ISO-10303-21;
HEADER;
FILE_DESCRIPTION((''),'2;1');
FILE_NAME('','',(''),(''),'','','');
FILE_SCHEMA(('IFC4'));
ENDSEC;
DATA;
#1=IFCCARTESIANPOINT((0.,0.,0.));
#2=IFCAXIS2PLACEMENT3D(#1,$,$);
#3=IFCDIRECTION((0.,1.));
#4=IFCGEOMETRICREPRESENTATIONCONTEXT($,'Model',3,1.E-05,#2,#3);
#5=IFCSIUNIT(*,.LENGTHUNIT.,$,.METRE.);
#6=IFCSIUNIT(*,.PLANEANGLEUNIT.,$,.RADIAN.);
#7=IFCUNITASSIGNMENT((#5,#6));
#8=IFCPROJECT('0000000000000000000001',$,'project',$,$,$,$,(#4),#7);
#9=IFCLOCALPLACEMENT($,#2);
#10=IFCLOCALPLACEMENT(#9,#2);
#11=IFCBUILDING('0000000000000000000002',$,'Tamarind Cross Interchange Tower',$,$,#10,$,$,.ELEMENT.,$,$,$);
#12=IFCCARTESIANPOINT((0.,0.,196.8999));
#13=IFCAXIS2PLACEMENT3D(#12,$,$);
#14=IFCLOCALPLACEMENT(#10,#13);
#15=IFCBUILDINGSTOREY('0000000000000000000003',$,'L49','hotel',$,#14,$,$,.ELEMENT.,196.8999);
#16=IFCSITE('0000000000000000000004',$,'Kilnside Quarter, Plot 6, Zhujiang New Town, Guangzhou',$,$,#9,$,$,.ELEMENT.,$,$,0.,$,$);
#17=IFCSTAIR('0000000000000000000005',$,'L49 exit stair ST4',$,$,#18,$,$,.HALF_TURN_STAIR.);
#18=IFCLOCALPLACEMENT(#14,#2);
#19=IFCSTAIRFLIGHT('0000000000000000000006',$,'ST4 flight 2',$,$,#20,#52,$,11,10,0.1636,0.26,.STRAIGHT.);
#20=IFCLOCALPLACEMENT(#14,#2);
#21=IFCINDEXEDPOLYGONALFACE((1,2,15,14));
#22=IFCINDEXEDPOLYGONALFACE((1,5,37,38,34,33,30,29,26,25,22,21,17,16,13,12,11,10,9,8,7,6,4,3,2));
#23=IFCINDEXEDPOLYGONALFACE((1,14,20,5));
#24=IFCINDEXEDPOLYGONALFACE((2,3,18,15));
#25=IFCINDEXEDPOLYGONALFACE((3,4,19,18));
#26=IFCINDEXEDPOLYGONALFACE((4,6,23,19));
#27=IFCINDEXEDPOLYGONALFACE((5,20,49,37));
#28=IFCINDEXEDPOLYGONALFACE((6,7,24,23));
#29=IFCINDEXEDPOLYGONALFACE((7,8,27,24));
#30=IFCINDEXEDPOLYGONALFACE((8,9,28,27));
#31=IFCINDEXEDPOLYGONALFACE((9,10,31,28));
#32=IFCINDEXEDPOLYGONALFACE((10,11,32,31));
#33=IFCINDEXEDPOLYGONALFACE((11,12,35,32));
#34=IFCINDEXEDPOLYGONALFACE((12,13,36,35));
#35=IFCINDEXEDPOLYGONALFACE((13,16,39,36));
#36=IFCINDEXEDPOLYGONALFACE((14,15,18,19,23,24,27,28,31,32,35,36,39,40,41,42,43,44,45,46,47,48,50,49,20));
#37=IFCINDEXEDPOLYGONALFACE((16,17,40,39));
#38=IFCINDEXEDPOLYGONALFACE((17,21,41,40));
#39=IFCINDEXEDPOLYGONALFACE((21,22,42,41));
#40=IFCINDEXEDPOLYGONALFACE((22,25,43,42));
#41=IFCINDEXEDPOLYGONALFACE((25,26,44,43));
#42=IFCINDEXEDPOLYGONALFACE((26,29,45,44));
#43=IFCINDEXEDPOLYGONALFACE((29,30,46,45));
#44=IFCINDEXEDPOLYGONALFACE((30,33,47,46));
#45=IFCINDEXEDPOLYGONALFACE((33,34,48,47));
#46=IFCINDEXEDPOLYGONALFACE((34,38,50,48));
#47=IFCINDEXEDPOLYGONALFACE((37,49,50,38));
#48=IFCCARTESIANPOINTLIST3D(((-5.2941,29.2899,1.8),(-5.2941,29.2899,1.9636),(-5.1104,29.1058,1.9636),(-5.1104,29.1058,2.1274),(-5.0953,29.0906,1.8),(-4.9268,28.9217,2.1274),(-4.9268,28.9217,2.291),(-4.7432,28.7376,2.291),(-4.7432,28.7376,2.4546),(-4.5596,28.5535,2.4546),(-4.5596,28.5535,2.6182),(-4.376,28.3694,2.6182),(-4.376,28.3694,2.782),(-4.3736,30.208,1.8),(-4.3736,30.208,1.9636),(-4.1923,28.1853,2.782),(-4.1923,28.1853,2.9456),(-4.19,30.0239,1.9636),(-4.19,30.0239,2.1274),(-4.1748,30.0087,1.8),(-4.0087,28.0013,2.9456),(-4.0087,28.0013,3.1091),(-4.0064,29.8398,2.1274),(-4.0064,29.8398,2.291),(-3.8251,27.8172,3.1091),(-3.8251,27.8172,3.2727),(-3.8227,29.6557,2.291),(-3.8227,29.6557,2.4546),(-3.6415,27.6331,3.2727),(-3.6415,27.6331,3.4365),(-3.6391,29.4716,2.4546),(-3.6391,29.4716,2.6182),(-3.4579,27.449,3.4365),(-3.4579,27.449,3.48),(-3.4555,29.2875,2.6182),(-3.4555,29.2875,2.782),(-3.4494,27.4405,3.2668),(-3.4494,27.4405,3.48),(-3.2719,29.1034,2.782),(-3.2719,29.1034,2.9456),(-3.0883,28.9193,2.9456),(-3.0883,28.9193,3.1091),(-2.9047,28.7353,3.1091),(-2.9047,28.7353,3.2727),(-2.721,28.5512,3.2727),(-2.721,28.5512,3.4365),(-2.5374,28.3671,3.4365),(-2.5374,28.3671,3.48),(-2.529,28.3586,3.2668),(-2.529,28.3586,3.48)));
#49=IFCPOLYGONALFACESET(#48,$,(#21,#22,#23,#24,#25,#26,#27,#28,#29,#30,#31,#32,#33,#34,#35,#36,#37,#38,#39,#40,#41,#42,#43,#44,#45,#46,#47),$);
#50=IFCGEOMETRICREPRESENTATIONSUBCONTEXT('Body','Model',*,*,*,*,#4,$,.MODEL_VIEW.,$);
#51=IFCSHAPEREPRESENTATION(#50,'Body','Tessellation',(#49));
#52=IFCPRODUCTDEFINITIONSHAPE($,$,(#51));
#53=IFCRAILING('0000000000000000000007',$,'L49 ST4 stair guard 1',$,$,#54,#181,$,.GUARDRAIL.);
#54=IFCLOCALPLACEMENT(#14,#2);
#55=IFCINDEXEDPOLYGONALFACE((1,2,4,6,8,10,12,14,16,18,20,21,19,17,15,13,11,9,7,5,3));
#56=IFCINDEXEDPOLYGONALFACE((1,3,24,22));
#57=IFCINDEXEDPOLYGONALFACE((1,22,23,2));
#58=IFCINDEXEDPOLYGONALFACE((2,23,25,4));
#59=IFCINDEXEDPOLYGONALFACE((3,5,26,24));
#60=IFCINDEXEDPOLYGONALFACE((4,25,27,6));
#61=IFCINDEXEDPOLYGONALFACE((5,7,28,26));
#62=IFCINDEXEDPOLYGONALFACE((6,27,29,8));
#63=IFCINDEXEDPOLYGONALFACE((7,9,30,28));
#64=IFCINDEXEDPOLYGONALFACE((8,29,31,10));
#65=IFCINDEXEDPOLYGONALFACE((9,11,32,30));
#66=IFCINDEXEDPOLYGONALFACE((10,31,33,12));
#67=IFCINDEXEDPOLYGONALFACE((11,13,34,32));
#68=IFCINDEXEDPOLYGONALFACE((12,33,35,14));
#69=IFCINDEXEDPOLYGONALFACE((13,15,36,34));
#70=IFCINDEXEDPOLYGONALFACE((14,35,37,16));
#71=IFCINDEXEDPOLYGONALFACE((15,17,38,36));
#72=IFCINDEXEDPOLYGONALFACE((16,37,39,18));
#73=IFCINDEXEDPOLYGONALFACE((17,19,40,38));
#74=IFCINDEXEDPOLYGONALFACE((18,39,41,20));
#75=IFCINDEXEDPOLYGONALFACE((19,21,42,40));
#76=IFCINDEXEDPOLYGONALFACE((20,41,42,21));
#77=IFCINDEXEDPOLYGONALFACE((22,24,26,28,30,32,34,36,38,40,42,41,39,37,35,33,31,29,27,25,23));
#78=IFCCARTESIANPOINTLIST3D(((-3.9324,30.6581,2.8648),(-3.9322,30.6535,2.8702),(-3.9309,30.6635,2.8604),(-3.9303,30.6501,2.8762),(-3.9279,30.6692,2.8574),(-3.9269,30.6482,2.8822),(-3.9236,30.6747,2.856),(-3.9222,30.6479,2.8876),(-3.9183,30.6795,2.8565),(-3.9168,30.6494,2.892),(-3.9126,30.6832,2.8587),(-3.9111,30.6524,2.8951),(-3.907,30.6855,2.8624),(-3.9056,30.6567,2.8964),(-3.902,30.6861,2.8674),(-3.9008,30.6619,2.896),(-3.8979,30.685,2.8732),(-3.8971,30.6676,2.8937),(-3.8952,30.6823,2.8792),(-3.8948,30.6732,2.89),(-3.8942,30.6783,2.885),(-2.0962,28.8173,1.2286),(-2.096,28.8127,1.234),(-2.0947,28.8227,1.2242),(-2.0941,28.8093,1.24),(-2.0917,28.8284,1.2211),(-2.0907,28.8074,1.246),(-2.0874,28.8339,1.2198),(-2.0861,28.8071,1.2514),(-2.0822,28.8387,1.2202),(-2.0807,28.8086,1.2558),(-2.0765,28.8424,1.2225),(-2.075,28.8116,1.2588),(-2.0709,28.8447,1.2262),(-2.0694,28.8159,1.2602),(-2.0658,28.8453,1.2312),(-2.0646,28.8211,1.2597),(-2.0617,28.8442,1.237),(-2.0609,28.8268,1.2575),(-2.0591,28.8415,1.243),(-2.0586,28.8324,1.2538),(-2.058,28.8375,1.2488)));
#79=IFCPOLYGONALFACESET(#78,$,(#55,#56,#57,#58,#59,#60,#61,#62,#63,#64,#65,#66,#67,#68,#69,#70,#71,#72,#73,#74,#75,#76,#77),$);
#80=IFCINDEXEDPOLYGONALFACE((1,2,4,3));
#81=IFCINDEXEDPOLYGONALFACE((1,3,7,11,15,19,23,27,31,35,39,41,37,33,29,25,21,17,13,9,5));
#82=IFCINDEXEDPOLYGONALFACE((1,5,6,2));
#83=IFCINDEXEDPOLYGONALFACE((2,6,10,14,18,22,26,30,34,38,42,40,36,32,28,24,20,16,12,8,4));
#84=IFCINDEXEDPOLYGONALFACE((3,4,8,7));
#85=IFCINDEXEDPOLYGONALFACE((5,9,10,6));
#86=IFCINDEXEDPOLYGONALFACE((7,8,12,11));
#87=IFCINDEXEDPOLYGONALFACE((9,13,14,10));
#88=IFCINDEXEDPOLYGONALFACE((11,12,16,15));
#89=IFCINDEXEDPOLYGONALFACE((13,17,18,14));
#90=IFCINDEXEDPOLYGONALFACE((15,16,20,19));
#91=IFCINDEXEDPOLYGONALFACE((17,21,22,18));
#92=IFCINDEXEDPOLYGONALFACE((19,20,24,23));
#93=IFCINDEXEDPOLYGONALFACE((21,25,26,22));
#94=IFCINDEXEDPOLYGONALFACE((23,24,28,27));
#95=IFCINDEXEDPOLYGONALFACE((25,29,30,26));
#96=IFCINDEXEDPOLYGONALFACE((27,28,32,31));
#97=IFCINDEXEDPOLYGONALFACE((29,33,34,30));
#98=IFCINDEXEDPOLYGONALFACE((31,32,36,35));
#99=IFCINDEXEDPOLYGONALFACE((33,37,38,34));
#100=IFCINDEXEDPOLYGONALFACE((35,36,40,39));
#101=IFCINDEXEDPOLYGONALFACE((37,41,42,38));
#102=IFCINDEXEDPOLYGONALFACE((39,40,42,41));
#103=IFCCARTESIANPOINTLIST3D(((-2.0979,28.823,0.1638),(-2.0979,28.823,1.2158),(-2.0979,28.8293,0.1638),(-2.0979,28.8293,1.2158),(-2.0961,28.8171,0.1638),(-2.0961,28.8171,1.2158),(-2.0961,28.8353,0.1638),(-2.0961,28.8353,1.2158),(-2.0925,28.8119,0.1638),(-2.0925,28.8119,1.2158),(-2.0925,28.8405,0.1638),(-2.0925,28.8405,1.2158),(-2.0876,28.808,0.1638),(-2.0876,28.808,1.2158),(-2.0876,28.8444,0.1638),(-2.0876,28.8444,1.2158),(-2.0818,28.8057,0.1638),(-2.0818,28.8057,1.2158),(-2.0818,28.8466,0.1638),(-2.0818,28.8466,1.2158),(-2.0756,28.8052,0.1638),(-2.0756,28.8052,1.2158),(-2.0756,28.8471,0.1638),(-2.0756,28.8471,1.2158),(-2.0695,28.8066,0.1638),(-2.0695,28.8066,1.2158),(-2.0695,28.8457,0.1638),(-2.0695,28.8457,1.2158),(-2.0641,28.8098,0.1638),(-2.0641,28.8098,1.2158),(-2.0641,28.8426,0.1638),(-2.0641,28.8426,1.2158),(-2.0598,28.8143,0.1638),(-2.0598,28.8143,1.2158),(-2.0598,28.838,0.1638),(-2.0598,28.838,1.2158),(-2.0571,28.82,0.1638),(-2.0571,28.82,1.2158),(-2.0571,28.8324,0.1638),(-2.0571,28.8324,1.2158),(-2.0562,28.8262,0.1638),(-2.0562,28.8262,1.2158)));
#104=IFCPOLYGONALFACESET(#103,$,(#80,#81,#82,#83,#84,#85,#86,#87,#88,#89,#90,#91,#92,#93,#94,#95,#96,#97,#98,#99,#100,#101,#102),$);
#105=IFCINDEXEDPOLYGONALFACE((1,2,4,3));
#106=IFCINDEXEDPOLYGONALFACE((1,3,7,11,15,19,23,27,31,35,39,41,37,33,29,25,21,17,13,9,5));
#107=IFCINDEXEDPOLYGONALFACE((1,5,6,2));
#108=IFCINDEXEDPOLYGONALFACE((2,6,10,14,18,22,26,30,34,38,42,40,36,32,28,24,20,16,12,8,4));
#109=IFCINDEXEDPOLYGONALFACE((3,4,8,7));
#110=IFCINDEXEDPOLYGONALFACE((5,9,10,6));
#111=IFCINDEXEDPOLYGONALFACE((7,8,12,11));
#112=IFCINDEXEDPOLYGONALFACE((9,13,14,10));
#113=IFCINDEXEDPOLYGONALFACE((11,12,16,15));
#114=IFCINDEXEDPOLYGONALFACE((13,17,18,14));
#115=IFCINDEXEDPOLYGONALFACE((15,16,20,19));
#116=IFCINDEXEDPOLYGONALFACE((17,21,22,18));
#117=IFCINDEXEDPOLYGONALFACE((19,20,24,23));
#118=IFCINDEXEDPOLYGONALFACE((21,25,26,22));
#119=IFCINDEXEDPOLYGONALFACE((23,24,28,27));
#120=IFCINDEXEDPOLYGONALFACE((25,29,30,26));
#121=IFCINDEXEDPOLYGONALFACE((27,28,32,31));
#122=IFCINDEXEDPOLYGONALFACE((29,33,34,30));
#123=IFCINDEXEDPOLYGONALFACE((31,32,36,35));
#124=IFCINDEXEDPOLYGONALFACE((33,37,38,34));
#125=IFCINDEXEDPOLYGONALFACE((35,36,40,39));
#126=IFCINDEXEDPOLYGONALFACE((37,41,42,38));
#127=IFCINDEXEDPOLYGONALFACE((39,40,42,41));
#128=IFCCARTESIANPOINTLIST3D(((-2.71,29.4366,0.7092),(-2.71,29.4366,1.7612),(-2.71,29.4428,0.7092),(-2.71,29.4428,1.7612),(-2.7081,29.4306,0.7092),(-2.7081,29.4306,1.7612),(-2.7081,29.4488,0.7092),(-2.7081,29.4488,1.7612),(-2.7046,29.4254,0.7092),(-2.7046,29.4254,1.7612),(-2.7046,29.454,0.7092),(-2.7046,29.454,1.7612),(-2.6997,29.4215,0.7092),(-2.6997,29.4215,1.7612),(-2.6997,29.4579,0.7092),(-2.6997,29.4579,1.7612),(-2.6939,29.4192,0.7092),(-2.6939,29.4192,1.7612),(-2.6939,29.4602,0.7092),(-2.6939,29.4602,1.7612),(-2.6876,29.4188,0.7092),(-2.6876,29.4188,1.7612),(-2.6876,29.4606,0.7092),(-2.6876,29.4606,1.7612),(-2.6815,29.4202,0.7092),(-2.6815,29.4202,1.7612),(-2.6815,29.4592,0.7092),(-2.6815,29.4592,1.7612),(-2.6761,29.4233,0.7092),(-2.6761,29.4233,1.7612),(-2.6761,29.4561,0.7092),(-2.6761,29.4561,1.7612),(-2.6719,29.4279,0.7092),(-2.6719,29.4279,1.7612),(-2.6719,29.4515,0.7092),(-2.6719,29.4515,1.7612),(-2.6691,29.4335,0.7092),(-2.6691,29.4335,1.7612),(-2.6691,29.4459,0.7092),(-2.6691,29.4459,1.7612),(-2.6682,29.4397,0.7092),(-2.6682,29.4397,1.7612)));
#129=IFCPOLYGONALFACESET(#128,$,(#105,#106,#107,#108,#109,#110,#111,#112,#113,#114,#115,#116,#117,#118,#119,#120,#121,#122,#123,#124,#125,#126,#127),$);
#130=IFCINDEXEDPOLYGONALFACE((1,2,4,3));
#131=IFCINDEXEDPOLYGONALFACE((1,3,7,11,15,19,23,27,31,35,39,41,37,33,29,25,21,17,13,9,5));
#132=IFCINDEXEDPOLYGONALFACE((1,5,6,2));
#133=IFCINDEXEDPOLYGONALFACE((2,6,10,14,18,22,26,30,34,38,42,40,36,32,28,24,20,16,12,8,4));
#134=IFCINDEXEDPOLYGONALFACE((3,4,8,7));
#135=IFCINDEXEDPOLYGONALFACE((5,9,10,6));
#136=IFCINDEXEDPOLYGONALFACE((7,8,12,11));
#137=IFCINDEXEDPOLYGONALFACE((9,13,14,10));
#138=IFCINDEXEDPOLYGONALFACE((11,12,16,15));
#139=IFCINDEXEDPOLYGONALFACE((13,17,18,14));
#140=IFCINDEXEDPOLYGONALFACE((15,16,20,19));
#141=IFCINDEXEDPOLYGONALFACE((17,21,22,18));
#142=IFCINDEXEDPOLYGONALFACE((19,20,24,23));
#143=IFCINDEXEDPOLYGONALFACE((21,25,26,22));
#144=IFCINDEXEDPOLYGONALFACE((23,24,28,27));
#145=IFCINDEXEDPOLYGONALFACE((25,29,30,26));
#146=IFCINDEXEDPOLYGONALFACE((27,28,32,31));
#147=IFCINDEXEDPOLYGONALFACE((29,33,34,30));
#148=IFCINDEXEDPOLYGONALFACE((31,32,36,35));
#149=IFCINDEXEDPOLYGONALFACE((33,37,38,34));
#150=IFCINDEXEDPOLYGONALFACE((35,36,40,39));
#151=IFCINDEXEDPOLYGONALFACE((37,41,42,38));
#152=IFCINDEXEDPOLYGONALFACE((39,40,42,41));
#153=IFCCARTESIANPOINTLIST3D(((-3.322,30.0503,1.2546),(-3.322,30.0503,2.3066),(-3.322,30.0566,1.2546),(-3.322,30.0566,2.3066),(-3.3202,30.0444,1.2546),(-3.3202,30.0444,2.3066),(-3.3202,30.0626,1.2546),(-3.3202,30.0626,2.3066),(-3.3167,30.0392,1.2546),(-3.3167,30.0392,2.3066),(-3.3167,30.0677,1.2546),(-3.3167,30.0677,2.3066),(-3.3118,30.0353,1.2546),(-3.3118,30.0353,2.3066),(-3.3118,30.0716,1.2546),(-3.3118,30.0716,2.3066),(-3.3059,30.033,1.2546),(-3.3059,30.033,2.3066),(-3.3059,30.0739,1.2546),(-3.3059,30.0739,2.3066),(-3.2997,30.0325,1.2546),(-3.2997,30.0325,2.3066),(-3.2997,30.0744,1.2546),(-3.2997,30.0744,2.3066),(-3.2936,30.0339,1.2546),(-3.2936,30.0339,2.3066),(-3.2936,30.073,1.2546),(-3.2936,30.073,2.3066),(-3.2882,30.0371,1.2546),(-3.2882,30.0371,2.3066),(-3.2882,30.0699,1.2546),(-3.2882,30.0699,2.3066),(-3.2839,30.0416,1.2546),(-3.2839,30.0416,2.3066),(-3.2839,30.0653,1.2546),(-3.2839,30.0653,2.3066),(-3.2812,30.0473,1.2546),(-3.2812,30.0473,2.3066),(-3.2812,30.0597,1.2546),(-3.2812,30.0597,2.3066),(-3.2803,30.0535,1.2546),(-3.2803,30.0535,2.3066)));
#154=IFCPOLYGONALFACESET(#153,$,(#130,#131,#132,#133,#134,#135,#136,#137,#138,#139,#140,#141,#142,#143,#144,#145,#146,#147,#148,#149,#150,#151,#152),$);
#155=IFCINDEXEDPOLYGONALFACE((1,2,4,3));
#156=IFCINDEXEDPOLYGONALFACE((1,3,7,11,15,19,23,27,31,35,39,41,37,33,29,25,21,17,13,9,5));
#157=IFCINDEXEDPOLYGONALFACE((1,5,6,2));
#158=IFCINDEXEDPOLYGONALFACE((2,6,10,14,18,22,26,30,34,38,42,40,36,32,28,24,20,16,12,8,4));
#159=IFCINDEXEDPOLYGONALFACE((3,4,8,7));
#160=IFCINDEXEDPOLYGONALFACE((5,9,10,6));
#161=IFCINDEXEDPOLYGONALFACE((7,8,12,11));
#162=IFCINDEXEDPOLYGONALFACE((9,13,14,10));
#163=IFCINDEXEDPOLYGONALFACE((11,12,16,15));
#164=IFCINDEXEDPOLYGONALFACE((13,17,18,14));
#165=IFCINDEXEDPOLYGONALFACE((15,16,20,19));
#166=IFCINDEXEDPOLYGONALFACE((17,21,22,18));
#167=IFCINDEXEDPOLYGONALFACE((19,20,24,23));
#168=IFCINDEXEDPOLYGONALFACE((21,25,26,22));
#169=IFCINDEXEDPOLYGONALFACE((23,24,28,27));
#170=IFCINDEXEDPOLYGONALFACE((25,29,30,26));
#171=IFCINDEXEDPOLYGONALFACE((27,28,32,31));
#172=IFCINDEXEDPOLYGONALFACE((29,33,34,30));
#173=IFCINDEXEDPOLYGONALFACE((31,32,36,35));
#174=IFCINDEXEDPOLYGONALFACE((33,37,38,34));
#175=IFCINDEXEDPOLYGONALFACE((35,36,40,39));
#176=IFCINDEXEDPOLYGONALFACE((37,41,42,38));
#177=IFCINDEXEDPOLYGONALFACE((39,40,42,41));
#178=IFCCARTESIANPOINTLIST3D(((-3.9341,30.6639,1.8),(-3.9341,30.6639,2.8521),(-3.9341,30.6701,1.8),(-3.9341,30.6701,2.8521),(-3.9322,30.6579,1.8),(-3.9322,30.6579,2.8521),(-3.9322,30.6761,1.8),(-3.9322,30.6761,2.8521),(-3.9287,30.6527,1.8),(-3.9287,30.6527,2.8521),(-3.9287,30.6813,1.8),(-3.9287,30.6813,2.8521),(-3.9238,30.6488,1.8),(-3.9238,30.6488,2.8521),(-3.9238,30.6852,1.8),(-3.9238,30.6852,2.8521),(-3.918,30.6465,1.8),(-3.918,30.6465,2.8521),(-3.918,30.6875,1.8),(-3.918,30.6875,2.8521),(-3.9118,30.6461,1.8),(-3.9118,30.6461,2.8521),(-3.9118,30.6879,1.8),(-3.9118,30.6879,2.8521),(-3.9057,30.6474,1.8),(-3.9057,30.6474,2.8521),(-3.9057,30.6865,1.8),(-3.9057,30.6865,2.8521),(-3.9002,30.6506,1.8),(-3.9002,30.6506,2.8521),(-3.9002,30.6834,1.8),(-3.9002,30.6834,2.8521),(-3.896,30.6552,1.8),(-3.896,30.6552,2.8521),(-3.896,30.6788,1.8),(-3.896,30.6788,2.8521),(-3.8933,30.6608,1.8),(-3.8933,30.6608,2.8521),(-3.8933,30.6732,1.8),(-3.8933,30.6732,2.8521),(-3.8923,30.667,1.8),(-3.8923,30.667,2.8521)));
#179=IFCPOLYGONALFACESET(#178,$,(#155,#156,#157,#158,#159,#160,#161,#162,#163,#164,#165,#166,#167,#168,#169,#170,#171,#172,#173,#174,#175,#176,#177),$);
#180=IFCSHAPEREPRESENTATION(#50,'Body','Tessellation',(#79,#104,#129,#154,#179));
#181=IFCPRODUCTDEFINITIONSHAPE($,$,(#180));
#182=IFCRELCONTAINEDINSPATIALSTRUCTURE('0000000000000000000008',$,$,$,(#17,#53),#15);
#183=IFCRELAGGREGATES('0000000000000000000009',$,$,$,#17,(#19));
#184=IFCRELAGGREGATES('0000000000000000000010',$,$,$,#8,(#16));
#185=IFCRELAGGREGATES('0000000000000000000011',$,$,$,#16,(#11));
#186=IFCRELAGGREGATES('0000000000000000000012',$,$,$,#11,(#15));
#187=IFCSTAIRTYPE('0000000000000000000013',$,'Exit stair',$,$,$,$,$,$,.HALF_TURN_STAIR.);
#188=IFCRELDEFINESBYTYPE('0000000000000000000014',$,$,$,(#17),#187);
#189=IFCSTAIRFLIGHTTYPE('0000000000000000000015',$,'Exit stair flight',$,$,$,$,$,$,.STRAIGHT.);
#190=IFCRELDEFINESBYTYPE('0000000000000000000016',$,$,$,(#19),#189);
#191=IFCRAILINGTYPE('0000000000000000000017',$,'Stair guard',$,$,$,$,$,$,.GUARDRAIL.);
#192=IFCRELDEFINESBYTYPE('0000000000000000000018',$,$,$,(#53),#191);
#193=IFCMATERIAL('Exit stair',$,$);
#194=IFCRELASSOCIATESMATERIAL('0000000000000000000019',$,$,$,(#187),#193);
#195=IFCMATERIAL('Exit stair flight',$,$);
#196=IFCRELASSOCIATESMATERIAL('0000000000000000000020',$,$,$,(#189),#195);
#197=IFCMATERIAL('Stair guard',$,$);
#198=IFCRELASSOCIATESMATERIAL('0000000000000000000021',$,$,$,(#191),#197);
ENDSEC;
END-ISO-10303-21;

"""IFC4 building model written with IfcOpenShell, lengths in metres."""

from ifc_helpers import new_model, si_unit, direction, frame, origin, origin_2d, place, context, subcontext, project, spatial, polyline, circle, outline, extrude, material, type_object, element, aggregate, save


model = new_model("IFC4")

# Units and contexts
model_context = context("Model", 3, precision=1e-05, world=origin(), true_north=direction((0.0, 1.0)))
body_context = subcontext(model_context, "Body", "Model", "MODEL_VIEW")
ifc_project = project(units=[si_unit("LENGTHUNIT", "METRE"), si_unit("PLANEANGLEUNIT", "RADIAN")], contexts=[model_context])

# Site, building, storey
site_placement = place(None, origin())
site = spatial("IfcSite", under=ifc_project, at=site_placement, Name="Kilnside Quarter, Plot 6, Zhujiang New Town, Guangzhou", CompositionType="ELEMENT", RefElevation=0.0)
building_placement = place(site_placement, origin())
building = spatial("IfcBuilding", under=site, at=building_placement, Name="Tamarind Cross Interchange Tower", CompositionType="ELEMENT")
storey_placement = place(building_placement, frame((0.0, 0.0, 196.8999)))
storey = spatial("IfcBuildingStorey", under=building, at=storey_placement, Name="L49", Description="hotel", CompositionType="ELEMENT", Elevation=196.8999)

# Stair, stair flight
ifc_material_1 = material(Name="Exit stair")
stair_type = type_object("IfcStairType", Name="Exit stair", PredefinedType="HALF_TURN_STAIR", material=ifc_material_1)
stair_placement = place(storey_placement, origin())
stair = element("IfcStair", 1, at=stair_placement, inside=storey, type_object=stair_type, Name="L49 exit stair ST4", PredefinedType="HALF_TURN_STAIR")
ifc_material_2 = material(Name="Exit stair flight")
stair_flight_type = type_object("IfcStairFlightType", Name="Exit stair flight", PredefinedType="STRAIGHT", material=ifc_material_2)
stair_flight_1_placement = place(storey_placement, frame((-4.8337, 29.749, 1.8), z_axis=(0.0, 0.0, 1.0), x_axis=(0.706198, -0.708015, 0.0)))
stair_flight_1 = element("IfcStairFlight", 2, at=stair_flight_1_placement, type_object=stair_flight_type, Name="ST4 flight 2", NumberOfRisers=11, NumberOfTreads=10, PredefinedType="STRAIGHT", RiserHeight=0.1636, TreadLength=0.26, context=body_context, shape_type="SweptSolid", body=[
    extrude(outline(polyline([(0.0, 0.0), (0.0, 0.1636), (0.26, 0.1636), (0.26, 0.3274), (0.52, 0.3274), (0.52, 0.491), (0.78, 0.491), (0.78, 0.6545), (1.04, 0.6545), (1.04, 0.8181), (1.3, 0.8181), (1.3, 0.9819), (1.5601, 0.9819), (1.5601, 1.1455), (1.8201, 1.1455), (1.8201, 1.3091), (2.0801, 1.3091), (2.0801, 1.4727), (2.3401, 1.4727), (2.3401, 1.6365), (2.6001, 1.6365), (2.6001, 1.6799), (2.6121, 1.6799), (2.6121, 1.4668), (0.2815, 0.0), (0.0, 0.0)])), frame((0.0, 0.6499, 0.0), z_axis=(0.0, -1.0, 0.0), x_axis=(1.0, 0.0, 0.0)), (0.0, 0.0, 1.0), 1.3),
])
aggregate(stair, [stair_flight_1])

# Railing
ifc_material_3 = material(Name="Stair guard")
railing_type_1 = type_object("IfcRailingType", Name="Stair guard", PredefinedType="GUARDRAIL", material=ifc_material_3)
railing_1_placement = place(storey_placement, frame((-2.0771, 28.8262, 0.1638)))
element("IfcRailing", 3, at=railing_1_placement, inside=storey, type_object=railing_type_1, Name="L49 ST4 stair guard 1", PredefinedType="GUARDRAIL", context=body_context, shape_type="SweptSolid", body=[
    extrude(circle(Radius=0.0239, at=origin_2d()), frame((0.0, 0.0, 1.0762), z_axis=(-0.597708, 0.599217, 0.53262), x_axis=(-0.707998, -0.706214, 0.0)), (0.0, 0.0, 1.0), 3.072),
    extrude(circle(Radius=0.021, at=origin_2d()), origin(), (0.0, 0.0, 1.0), 1.052),
    extrude(circle(Radius=0.021, at=origin_2d()), frame((-0.6121, 0.6135, 0.5454)), (0.0, 0.0, 1.0), 1.052),
    extrude(circle(Radius=0.021, at=origin_2d()), frame((-1.2241, 1.2273, 1.0908)), (0.0, 0.0, 1.0), 1.052),
    extrude(circle(Radius=0.021, at=origin_2d()), frame((-1.8362, 1.8408, 1.6362)), (0.0, 0.0, 1.0), 1.052),
])

save(model, "model.ifc")
